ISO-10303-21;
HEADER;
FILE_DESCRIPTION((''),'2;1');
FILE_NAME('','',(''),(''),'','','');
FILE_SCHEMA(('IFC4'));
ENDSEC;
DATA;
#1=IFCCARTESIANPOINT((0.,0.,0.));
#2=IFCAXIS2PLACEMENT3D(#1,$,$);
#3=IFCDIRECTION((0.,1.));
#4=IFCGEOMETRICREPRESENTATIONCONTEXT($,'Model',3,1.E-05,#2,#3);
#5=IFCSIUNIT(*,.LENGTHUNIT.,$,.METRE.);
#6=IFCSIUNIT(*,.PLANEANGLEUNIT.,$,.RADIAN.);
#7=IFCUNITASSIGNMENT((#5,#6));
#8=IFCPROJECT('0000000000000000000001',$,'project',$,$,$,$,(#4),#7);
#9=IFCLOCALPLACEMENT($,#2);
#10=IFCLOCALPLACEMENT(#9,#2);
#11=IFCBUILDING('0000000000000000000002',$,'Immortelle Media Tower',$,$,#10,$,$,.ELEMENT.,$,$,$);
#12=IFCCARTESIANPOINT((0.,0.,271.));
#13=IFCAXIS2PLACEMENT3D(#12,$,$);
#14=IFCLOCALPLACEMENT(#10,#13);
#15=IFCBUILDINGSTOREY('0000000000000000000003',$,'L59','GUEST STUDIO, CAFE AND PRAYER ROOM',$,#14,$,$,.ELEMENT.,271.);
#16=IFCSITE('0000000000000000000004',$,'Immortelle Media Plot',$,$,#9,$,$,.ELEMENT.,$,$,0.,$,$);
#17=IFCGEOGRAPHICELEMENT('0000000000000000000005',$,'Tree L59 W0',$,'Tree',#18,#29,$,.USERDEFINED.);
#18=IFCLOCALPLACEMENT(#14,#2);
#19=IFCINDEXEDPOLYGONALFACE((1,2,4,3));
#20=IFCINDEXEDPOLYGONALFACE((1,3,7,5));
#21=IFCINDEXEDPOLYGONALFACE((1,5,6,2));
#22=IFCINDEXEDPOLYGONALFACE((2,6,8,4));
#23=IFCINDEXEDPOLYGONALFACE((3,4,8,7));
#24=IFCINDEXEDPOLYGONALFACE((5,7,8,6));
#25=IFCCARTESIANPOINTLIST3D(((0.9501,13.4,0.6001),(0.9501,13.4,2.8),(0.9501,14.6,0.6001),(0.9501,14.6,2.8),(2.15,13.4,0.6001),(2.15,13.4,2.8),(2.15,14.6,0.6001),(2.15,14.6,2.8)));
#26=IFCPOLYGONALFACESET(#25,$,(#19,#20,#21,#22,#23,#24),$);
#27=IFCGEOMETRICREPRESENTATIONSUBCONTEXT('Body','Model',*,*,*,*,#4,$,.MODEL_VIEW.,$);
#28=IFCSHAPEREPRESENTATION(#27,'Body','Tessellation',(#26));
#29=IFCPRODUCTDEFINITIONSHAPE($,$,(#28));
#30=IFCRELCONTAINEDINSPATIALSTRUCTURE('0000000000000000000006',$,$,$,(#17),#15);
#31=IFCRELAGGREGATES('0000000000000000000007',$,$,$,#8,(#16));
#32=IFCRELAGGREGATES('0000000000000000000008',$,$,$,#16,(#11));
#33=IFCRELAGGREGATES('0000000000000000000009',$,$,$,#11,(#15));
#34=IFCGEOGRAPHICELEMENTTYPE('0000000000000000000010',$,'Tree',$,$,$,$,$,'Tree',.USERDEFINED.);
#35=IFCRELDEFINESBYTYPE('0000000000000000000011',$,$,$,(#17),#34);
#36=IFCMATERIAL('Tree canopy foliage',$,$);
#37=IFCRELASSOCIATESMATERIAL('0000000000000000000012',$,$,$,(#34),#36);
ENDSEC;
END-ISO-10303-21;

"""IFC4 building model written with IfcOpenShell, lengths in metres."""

from ifc_helpers import new_model, si_unit, direction, frame, origin, origin_2d, place, context, subcontext, project, spatial, rectangle, extrude, material, type_object, element, save


model = new_model("IFC4")

# Units and contexts
model_context = context("Model", 3, precision=1e-05, world=origin(), true_north=direction((0.0, 1.0)))
body_context = subcontext(model_context, "Body", "Model", "MODEL_VIEW")
ifc_project = project(units=[si_unit("LENGTHUNIT", "METRE"), si_unit("PLANEANGLEUNIT", "RADIAN")], contexts=[model_context])

# Site, building, storey
site_placement = place(None, origin())
site = spatial("IfcSite", under=ifc_project, at=site_placement, Name="Immortelle Media Plot", CompositionType="ELEMENT", RefElevation=0.0)
building_placement = place(site_placement, origin())
building = spatial("IfcBuilding", under=site, at=building_placement, Name="Immortelle Media Tower", CompositionType="ELEMENT")
storey_placement = place(building_placement, frame((0.0, 0.0, 271.0)))
storey = spatial("IfcBuildingStorey", under=building, at=storey_placement, Name="L59", Description="GUEST STUDIO, CAFE AND PRAYER ROOM", CompositionType="ELEMENT", Elevation=271.0)

# Geographic element
ifc_material_1 = material(Name="Tree canopy foliage")
geographic_element_type = type_object("IfcGeographicElementType", Name="Tree", ElementType="Tree", PredefinedType="USERDEFINED", material=ifc_material_1)
geographic_element_placement = place(storey_placement, frame((1.55, 14.0, 0.6001), z_axis=(0.0, 0.0, 1.0), x_axis=(1.0, 0.0, 0.0)))
element("IfcGeographicElement", 1, at=geographic_element_placement, inside=storey, type_object=geographic_element_type, Name="Tree L59 W0", ObjectType="Tree", PredefinedType="USERDEFINED", context=body_context, shape_type="SweptSolid", body=[
    extrude(rectangle(XDim=1.2, YDim=1.2, at=origin_2d()), origin(), (0.0, 0.0, 1.0), 2.2),
])

save(model, "model.ifc")
